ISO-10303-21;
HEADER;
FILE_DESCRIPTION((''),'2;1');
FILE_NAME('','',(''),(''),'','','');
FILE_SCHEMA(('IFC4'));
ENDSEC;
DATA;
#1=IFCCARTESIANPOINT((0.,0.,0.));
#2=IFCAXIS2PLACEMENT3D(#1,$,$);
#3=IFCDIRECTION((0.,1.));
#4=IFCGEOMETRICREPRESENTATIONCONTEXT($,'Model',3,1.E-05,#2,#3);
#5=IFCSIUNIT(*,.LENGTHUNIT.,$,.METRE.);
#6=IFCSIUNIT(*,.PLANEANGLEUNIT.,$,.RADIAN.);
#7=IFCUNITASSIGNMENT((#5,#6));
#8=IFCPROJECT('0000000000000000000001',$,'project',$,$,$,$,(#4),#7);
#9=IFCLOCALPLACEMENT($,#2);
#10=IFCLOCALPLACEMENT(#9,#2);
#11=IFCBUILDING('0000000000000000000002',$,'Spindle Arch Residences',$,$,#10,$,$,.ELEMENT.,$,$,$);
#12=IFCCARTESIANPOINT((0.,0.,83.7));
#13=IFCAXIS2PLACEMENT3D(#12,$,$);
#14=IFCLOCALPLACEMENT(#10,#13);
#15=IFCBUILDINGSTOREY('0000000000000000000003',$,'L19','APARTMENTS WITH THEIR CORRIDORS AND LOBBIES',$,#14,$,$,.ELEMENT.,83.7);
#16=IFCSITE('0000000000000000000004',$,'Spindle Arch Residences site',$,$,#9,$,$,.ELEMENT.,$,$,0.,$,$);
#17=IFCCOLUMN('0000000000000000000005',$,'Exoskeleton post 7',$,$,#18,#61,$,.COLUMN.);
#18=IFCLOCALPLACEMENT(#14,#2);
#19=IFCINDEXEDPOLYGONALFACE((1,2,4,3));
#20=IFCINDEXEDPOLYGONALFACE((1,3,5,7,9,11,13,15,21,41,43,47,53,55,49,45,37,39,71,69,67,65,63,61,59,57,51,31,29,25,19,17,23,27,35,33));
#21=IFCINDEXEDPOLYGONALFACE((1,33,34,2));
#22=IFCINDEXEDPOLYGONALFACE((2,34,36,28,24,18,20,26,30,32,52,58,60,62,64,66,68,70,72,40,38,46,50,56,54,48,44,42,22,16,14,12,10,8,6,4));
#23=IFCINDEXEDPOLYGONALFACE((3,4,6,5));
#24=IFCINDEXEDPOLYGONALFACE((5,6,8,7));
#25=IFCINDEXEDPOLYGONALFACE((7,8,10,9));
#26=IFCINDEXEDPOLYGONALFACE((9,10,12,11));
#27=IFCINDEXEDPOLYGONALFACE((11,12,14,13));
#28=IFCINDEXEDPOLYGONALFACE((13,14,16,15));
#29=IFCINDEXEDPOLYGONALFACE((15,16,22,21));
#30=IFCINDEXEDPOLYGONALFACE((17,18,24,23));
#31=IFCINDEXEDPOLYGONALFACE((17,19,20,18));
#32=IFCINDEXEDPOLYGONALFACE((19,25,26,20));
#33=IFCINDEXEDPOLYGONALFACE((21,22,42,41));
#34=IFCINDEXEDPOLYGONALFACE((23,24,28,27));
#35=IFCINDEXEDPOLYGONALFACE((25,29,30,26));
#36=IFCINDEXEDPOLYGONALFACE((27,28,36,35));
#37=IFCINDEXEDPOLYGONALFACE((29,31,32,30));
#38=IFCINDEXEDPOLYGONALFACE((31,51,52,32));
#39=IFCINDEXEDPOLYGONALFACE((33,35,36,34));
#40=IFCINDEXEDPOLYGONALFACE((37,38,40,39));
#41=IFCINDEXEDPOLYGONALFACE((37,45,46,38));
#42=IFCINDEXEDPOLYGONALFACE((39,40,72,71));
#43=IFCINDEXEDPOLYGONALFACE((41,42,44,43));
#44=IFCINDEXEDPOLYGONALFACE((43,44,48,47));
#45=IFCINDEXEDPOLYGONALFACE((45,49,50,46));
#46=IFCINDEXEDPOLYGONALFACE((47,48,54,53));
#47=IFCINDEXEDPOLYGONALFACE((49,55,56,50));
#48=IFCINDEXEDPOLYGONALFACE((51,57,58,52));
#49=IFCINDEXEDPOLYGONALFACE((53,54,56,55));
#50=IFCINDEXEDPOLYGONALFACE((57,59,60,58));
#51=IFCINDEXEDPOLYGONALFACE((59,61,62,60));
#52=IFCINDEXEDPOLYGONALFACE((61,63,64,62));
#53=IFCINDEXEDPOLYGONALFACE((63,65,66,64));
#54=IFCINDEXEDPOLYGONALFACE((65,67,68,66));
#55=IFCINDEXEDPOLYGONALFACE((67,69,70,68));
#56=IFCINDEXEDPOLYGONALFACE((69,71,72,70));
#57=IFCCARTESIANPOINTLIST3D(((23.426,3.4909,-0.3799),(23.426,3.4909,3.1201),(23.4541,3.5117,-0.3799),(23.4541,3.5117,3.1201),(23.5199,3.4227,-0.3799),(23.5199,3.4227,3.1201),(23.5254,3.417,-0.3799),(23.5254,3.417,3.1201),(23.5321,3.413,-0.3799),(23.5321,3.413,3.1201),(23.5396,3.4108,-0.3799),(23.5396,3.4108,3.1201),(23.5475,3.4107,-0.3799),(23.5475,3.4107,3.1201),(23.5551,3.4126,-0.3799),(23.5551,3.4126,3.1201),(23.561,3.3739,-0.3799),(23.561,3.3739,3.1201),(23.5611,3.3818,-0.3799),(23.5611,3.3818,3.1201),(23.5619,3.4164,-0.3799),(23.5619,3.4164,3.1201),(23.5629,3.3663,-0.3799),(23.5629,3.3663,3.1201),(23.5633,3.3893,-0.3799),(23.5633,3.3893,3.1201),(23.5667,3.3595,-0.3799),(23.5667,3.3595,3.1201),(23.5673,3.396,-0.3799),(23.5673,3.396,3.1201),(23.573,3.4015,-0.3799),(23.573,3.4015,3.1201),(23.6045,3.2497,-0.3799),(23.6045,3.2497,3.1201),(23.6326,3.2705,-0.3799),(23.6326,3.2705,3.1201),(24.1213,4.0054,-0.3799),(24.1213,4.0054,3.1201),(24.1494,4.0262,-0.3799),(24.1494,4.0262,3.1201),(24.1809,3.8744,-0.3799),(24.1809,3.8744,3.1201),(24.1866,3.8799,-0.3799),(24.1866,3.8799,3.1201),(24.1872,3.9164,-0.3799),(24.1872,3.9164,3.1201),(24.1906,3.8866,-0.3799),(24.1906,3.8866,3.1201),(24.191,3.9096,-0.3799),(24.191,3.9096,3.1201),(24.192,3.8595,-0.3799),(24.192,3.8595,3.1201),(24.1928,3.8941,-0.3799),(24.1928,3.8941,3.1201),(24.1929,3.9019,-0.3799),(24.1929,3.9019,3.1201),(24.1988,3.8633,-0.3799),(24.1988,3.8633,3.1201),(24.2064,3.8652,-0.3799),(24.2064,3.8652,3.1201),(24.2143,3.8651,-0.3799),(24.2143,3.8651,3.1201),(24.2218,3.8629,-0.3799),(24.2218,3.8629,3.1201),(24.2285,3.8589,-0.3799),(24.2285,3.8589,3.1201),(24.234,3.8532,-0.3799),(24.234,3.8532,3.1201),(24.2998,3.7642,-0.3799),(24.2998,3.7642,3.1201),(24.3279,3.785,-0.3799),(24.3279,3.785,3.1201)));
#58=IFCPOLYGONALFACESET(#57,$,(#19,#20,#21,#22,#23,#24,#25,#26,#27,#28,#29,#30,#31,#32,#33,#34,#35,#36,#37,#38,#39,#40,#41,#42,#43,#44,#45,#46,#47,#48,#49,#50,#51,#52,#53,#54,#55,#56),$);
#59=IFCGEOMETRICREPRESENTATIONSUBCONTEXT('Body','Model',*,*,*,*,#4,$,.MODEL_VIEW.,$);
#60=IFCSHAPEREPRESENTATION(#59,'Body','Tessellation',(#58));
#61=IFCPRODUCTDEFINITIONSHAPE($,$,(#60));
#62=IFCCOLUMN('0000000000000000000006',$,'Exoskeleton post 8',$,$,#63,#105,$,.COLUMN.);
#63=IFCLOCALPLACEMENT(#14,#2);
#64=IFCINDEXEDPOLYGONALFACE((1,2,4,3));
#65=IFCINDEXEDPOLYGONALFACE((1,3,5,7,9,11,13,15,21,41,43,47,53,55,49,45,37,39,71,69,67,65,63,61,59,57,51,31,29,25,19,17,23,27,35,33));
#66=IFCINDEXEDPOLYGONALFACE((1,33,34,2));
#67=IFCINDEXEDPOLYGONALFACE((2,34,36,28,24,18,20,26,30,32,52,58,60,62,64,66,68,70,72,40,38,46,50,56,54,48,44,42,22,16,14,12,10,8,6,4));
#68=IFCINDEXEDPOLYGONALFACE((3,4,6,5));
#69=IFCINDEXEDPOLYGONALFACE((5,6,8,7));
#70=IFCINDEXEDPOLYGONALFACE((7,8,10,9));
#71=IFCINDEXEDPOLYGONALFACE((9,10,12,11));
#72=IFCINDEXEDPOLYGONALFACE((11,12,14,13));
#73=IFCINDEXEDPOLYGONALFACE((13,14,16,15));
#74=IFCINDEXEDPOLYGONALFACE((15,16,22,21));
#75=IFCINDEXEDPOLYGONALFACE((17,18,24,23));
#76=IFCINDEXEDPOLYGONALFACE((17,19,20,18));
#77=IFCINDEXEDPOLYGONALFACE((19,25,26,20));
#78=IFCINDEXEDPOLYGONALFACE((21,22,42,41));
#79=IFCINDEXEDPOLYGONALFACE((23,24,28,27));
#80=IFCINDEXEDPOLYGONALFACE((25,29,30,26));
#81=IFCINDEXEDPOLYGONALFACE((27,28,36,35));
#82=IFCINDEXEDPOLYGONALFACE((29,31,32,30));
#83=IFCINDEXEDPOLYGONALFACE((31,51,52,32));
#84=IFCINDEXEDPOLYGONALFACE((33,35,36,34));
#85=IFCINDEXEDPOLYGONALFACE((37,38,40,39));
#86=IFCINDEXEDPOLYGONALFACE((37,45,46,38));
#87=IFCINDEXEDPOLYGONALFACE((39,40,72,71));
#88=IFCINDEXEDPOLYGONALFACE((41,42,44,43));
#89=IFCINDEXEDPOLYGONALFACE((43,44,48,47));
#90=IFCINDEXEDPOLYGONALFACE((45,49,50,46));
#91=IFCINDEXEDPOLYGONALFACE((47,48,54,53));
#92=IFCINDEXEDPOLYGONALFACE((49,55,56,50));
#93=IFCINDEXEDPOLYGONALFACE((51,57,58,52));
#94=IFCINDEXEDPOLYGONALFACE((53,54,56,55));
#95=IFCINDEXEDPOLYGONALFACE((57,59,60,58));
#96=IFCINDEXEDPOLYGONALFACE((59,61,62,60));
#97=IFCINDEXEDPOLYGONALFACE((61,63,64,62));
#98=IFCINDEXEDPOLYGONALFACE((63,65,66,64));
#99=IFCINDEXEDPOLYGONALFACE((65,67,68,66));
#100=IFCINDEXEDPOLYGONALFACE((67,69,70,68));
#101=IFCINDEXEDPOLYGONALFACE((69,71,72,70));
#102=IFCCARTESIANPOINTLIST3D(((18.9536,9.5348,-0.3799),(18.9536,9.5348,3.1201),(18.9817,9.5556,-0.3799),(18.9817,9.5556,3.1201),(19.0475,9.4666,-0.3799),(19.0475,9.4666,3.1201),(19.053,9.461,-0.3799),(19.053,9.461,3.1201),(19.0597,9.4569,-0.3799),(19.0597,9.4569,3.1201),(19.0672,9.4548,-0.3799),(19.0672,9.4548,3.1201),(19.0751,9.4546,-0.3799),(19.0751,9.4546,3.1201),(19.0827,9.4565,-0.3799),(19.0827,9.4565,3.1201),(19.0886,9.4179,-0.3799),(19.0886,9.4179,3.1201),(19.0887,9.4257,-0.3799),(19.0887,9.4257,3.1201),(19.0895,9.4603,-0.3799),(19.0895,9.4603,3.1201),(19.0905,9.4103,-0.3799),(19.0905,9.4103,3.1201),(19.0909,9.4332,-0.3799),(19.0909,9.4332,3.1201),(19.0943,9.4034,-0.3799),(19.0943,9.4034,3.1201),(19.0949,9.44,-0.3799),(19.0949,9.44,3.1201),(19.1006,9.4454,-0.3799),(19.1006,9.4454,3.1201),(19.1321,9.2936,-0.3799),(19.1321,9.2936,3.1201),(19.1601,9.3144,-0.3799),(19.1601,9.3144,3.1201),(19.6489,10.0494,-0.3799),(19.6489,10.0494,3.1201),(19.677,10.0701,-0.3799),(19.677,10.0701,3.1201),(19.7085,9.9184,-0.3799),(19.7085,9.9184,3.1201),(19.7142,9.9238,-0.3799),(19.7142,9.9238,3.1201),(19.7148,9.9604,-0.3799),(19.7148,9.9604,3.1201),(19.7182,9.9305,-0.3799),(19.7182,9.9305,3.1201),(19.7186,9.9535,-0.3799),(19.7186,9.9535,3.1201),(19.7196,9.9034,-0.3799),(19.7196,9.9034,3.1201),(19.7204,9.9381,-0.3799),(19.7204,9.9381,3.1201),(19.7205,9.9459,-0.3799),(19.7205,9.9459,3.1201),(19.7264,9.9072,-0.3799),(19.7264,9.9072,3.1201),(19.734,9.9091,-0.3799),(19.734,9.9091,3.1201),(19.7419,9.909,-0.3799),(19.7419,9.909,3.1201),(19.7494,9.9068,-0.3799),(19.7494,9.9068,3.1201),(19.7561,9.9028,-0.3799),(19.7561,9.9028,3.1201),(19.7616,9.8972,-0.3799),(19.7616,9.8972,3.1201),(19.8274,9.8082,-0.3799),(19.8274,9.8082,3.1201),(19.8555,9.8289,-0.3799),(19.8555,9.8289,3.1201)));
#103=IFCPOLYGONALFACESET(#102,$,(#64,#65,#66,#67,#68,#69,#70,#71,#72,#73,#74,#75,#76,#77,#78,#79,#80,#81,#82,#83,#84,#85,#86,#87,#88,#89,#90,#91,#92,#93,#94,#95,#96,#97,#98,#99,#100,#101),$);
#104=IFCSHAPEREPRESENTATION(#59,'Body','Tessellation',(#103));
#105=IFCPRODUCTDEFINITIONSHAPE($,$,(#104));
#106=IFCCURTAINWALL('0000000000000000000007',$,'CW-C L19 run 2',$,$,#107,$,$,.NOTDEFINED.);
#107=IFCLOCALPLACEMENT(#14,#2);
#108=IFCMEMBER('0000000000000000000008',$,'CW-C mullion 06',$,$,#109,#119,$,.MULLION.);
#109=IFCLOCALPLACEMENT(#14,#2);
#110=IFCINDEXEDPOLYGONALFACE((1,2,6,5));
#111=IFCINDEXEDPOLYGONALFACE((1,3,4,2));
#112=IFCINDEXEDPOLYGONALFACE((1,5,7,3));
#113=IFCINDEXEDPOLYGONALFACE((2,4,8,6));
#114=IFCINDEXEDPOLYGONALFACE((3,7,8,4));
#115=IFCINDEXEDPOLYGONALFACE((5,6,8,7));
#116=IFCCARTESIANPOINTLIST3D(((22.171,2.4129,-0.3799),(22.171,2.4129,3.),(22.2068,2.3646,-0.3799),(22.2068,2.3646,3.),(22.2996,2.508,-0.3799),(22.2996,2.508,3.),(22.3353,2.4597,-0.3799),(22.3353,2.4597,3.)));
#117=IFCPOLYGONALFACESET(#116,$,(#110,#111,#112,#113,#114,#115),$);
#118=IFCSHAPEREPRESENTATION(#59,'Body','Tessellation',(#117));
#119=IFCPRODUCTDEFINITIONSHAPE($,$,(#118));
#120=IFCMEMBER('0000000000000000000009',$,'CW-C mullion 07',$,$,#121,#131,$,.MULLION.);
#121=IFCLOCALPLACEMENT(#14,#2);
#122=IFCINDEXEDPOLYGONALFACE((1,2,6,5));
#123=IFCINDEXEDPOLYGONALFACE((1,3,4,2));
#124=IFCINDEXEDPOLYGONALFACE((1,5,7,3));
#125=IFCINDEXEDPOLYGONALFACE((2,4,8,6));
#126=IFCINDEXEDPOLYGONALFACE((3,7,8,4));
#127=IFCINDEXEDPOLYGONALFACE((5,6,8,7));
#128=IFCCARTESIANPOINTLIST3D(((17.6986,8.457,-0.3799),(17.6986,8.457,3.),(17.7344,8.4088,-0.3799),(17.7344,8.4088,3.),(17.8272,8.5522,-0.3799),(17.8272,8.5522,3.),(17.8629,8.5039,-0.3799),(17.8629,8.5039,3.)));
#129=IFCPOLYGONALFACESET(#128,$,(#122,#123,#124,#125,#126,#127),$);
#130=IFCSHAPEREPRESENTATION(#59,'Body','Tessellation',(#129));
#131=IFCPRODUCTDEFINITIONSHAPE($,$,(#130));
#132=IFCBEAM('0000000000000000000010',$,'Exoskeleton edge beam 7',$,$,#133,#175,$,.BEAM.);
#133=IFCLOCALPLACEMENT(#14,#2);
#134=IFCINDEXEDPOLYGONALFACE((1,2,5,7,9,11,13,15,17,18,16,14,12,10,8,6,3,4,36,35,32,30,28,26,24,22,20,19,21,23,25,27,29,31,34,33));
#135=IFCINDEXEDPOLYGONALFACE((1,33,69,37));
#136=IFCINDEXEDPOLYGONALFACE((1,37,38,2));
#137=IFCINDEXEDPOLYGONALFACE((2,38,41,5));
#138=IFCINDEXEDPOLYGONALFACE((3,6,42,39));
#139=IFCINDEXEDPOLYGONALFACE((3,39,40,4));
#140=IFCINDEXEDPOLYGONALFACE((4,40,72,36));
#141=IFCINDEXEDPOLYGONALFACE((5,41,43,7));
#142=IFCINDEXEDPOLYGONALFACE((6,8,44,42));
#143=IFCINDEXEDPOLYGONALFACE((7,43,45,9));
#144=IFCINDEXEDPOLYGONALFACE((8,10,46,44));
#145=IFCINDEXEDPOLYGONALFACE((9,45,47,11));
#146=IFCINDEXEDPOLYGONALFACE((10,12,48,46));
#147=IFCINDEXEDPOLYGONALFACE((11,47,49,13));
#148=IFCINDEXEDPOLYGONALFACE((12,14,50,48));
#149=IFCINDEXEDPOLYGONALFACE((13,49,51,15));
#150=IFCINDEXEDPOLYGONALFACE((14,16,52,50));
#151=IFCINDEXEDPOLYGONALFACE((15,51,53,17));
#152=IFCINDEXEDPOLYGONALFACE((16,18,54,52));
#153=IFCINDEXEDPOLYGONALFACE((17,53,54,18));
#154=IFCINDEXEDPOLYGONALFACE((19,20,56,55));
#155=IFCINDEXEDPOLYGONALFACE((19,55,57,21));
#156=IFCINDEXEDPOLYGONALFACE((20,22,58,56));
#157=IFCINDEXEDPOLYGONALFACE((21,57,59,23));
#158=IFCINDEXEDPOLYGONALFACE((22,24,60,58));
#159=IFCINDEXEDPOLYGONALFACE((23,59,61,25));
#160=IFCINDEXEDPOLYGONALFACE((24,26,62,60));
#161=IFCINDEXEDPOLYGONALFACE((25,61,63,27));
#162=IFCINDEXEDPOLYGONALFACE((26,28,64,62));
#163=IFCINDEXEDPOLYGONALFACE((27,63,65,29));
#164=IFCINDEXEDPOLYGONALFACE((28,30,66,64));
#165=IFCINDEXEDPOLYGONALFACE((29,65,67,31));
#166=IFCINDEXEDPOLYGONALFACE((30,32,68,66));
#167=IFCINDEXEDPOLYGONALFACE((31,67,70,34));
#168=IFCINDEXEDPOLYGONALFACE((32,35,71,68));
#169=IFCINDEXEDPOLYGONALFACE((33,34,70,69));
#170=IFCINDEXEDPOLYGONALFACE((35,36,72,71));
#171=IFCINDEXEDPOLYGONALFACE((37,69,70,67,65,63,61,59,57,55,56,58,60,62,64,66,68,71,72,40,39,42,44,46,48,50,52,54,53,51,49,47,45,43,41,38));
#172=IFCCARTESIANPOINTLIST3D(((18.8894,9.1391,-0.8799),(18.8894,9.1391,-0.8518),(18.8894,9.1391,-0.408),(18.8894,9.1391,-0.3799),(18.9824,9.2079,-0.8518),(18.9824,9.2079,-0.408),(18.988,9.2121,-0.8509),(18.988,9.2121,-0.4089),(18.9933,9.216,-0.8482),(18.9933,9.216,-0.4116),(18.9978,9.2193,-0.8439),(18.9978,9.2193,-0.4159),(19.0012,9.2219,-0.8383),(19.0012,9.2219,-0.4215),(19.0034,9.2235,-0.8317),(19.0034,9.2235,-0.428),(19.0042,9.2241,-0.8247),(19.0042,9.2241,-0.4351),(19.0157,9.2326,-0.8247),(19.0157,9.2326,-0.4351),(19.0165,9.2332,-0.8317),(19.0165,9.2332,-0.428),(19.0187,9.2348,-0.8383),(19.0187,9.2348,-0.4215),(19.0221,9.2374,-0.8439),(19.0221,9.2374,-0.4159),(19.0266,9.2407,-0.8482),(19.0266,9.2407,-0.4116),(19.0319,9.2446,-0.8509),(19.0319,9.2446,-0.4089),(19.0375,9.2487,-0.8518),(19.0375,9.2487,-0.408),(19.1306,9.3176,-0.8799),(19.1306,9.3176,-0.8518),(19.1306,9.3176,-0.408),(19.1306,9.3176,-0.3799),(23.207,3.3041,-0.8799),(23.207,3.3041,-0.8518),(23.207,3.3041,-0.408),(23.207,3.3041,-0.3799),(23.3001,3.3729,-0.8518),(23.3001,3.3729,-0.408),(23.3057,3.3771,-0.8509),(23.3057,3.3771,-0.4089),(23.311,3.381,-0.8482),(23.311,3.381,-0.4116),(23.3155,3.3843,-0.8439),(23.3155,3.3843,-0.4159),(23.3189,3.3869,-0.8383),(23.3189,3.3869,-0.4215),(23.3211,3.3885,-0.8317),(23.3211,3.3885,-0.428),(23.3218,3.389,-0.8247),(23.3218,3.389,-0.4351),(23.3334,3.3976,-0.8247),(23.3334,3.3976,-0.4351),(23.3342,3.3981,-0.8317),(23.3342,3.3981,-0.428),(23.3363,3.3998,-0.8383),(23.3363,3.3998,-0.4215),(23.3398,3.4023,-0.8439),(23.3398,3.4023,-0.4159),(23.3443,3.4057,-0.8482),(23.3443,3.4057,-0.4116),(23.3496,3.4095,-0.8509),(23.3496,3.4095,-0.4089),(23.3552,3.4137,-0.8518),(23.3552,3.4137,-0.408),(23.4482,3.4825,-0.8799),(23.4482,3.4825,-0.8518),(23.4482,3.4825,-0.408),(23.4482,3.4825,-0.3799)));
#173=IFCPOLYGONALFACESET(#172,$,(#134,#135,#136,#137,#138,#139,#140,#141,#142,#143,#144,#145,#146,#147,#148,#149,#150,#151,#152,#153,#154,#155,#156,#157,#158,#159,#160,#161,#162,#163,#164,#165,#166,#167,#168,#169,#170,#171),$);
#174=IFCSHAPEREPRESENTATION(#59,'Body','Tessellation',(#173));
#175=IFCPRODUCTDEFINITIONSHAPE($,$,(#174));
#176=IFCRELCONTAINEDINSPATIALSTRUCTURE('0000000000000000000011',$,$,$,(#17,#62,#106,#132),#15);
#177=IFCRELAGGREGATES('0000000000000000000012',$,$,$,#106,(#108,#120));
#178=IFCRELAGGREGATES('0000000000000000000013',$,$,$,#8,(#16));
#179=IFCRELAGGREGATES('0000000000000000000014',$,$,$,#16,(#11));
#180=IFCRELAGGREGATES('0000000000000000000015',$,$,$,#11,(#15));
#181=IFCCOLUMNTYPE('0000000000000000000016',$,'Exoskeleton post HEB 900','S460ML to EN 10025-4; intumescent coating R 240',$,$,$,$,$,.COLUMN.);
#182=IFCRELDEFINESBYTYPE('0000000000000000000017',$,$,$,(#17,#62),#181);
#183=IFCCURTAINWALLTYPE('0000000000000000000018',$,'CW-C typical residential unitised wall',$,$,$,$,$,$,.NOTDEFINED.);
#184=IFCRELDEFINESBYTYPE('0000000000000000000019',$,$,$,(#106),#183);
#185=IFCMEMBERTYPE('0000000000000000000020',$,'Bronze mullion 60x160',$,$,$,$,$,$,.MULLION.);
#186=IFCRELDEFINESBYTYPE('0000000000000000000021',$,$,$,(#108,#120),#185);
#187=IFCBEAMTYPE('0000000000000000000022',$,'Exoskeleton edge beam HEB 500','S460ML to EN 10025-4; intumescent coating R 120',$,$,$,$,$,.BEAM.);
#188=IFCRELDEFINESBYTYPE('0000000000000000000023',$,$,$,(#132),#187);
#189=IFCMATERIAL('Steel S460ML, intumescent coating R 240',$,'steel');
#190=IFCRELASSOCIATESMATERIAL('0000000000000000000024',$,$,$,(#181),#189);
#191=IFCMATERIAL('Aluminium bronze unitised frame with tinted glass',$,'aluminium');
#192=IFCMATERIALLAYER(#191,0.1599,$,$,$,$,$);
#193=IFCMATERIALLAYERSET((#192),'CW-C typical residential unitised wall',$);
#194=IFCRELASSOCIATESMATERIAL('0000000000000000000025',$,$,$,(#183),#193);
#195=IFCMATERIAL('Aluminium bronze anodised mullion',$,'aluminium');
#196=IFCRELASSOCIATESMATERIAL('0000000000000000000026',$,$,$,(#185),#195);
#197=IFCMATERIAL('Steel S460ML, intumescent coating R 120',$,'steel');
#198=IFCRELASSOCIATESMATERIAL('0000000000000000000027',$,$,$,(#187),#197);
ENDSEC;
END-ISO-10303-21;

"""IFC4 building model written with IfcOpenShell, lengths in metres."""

from ifc_helpers import new_model, si_unit, direction, frame, origin, origin_2d, place, context, subcontext, project, spatial, rectangle, i_section, extrude, material, layer, layer_set, material_profile, profile_set, type_object, element, aggregate, save


model = new_model("IFC4")

# Units and contexts
model_context = context("Model", 3, precision=1e-05, world=origin(), true_north=direction((0.0, 1.0)))
body_context = subcontext(model_context, "Body", "Model", "MODEL_VIEW")
ifc_project = project(units=[si_unit("LENGTHUNIT", "METRE"), si_unit("PLANEANGLEUNIT", "RADIAN")], contexts=[model_context])

# Site, building, storey
site_placement = place(None, origin())
site = spatial("IfcSite", under=ifc_project, at=site_placement, Name="Spindle Arch Residences site", CompositionType="ELEMENT", RefElevation=0.0)
building_placement = place(site_placement, origin())
building = spatial("IfcBuilding", under=site, at=building_placement, Name="Spindle Arch Residences", CompositionType="ELEMENT")
storey_placement = place(building_placement, frame((0.0, 0.0, 83.7)))
storey = spatial("IfcBuildingStorey", under=building, at=storey_placement, Name="L19", Description="APARTMENTS WITH THEIR CORRIDORS AND LOBBIES", CompositionType="ELEMENT", Elevation=83.7)

# Columns
ifc_material_1 = material(Name="Steel S460ML, intumescent coating R 240", Category="steel")
ifc_material_profile_1 = material_profile(ifc_material_1, i_section(OverallWidth=0.3, OverallDepth=0.8999, WebThickness=0.0186, FlangeThickness=0.0349, FilletRadius=0.03, at=origin_2d()), Name="HEB 900")
ifc_profile_set_1 = profile_set([ifc_material_profile_1], Name="Steel S460ML, intumescent coating R 240")
column_type = type_object("IfcColumnType", Name="Exoskeleton post HEB 900", Description="S460ML to EN 10025-4; intumescent coating R 240", PredefinedType="COLUMN", material=ifc_profile_set_1)
for number, where, z_axis, x_axis, name in (
    (1, (23.877, 3.6379, -0.3799), (0.0, 0.0, 1.0), (0.594823, -0.803857, 0.0), "Exoskeleton post 7"),
    (2, (19.4045, 9.6819, -0.3799), (0.0, 0.0, 1.0), (0.594823, -0.803857, 0.0), "Exoskeleton post 8"),
):
    element("IfcColumn", number, at=place(storey_placement, frame(where, z_axis=z_axis, x_axis=x_axis)), inside=storey, type_object=column_type, Name=name, PredefinedType="COLUMN", context=body_context, shape_type="SweptSolid", body=[
        extrude(i_section(OverallWidth=0.3, OverallDepth=0.8999, WebThickness=0.0186, FlangeThickness=0.0349, FilletRadius=0.03, at=origin_2d()), origin(), (0.0, 0.0, 1.0), 3.5),
    ])

# Curtain wall, members
ifc_material_2 = material(Name="Aluminium bronze unitised frame with tinted glass", Category="aluminium")
ifc_layer_1 = layer(ifc_material_2, 0.1599)
ifc_layer_set_1 = layer_set([ifc_layer_1], Name="CW-C typical residential unitised wall")
curtain_wall_type = type_object("IfcCurtainWallType", Name="CW-C typical residential unitised wall", PredefinedType="NOTDEFINED", material=ifc_layer_set_1)
curtain_wall_placement = place(storey_placement, origin())
curtain_wall = element("IfcCurtainWall", 3, at=curtain_wall_placement, inside=storey, type_object=curtain_wall_type, Name="CW-C L19 run 2", PredefinedType="NOTDEFINED")
ifc_material_3 = material(Name="Aluminium bronze anodised mullion", Category="aluminium")
ifc_material_profile_2 = material_profile(ifc_material_3, rectangle(XDim=0.1599, YDim=0.0601, at=origin_2d()), Name="MU 60x160")
ifc_profile_set_2 = profile_set([ifc_material_profile_2], Name="Aluminium bronze anodised mullion")
member_type = type_object("IfcMemberType", Name="Bronze mullion 60x160", PredefinedType="MULLION", material=ifc_profile_set_2)
member_1_placement = place(storey_placement, frame((22.2532, 2.4363, -0.3799), z_axis=(0.0, 0.0, 1.0), x_axis=(-0.803857, -0.594823, 0.0)))
member_1 = element("IfcMember", 4, at=member_1_placement, type_object=member_type, Name="CW-C mullion 06", PredefinedType="MULLION", context=body_context, shape_type="SweptSolid", body=[
    extrude(rectangle(XDim=0.1599, YDim=0.0601, at=origin_2d()), origin(), (0.0, 0.0, 1.0), 3.3799),
])
member_2_placement = place(storey_placement, frame((17.7808, 8.4805, -0.3799), z_axis=(0.0, 0.0, 1.0), x_axis=(-0.803857, -0.594823, 0.0)))
member_2 = element("IfcMember", 5, at=member_2_placement, type_object=member_type, Name="CW-C mullion 07", PredefinedType="MULLION", context=body_context, shape_type="SweptSolid", body=[
    extrude(rectangle(XDim=0.1599, YDim=0.0601, at=origin_2d()), origin(), (0.0, 0.0, 1.0), 3.3799),
])

# Beam
ifc_material_4 = material(Name="Steel S460ML, intumescent coating R 120", Category="steel")
ifc_material_profile_3 = material_profile(ifc_material_4, i_section(OverallWidth=0.3, OverallDepth=0.5, WebThickness=0.0144, FlangeThickness=0.0281, FilletRadius=0.0271, at=origin_2d()), Name="HEB 500")
ifc_profile_set_3 = profile_set([ifc_material_profile_3], Name="Steel S460ML, intumescent coating R 120")
beam_type_1 = type_object("IfcBeamType", Name="Exoskeleton edge beam HEB 500", Description="S460ML to EN 10025-4; intumescent coating R 120", PredefinedType="BEAM", material=ifc_profile_set_3)
for number, where, z_axis, x_axis, name in (
    (6, (23.3276, 3.3933, -0.6299), (-0.594821, 0.803858, 0.0), (-0.803858, -0.594821, 0.0), "Exoskeleton edge beam 7"),
):
    element("IfcBeam", number, at=place(storey_placement, frame(where, z_axis=z_axis, x_axis=x_axis)), inside=storey, type_object=beam_type_1, Name=name, PredefinedType="BEAM", context=body_context, shape_type="SweptSolid", body=[
        extrude(i_section(OverallWidth=0.3, OverallDepth=0.5, WebThickness=0.0144, FlangeThickness=0.0281, FilletRadius=0.0271, at=origin_2d()), origin(), (0.0, 0.0, 1.0), 7.2588),
    ])

aggregate(curtain_wall, [member_1, member_2])

save(model, "model.ifc")
